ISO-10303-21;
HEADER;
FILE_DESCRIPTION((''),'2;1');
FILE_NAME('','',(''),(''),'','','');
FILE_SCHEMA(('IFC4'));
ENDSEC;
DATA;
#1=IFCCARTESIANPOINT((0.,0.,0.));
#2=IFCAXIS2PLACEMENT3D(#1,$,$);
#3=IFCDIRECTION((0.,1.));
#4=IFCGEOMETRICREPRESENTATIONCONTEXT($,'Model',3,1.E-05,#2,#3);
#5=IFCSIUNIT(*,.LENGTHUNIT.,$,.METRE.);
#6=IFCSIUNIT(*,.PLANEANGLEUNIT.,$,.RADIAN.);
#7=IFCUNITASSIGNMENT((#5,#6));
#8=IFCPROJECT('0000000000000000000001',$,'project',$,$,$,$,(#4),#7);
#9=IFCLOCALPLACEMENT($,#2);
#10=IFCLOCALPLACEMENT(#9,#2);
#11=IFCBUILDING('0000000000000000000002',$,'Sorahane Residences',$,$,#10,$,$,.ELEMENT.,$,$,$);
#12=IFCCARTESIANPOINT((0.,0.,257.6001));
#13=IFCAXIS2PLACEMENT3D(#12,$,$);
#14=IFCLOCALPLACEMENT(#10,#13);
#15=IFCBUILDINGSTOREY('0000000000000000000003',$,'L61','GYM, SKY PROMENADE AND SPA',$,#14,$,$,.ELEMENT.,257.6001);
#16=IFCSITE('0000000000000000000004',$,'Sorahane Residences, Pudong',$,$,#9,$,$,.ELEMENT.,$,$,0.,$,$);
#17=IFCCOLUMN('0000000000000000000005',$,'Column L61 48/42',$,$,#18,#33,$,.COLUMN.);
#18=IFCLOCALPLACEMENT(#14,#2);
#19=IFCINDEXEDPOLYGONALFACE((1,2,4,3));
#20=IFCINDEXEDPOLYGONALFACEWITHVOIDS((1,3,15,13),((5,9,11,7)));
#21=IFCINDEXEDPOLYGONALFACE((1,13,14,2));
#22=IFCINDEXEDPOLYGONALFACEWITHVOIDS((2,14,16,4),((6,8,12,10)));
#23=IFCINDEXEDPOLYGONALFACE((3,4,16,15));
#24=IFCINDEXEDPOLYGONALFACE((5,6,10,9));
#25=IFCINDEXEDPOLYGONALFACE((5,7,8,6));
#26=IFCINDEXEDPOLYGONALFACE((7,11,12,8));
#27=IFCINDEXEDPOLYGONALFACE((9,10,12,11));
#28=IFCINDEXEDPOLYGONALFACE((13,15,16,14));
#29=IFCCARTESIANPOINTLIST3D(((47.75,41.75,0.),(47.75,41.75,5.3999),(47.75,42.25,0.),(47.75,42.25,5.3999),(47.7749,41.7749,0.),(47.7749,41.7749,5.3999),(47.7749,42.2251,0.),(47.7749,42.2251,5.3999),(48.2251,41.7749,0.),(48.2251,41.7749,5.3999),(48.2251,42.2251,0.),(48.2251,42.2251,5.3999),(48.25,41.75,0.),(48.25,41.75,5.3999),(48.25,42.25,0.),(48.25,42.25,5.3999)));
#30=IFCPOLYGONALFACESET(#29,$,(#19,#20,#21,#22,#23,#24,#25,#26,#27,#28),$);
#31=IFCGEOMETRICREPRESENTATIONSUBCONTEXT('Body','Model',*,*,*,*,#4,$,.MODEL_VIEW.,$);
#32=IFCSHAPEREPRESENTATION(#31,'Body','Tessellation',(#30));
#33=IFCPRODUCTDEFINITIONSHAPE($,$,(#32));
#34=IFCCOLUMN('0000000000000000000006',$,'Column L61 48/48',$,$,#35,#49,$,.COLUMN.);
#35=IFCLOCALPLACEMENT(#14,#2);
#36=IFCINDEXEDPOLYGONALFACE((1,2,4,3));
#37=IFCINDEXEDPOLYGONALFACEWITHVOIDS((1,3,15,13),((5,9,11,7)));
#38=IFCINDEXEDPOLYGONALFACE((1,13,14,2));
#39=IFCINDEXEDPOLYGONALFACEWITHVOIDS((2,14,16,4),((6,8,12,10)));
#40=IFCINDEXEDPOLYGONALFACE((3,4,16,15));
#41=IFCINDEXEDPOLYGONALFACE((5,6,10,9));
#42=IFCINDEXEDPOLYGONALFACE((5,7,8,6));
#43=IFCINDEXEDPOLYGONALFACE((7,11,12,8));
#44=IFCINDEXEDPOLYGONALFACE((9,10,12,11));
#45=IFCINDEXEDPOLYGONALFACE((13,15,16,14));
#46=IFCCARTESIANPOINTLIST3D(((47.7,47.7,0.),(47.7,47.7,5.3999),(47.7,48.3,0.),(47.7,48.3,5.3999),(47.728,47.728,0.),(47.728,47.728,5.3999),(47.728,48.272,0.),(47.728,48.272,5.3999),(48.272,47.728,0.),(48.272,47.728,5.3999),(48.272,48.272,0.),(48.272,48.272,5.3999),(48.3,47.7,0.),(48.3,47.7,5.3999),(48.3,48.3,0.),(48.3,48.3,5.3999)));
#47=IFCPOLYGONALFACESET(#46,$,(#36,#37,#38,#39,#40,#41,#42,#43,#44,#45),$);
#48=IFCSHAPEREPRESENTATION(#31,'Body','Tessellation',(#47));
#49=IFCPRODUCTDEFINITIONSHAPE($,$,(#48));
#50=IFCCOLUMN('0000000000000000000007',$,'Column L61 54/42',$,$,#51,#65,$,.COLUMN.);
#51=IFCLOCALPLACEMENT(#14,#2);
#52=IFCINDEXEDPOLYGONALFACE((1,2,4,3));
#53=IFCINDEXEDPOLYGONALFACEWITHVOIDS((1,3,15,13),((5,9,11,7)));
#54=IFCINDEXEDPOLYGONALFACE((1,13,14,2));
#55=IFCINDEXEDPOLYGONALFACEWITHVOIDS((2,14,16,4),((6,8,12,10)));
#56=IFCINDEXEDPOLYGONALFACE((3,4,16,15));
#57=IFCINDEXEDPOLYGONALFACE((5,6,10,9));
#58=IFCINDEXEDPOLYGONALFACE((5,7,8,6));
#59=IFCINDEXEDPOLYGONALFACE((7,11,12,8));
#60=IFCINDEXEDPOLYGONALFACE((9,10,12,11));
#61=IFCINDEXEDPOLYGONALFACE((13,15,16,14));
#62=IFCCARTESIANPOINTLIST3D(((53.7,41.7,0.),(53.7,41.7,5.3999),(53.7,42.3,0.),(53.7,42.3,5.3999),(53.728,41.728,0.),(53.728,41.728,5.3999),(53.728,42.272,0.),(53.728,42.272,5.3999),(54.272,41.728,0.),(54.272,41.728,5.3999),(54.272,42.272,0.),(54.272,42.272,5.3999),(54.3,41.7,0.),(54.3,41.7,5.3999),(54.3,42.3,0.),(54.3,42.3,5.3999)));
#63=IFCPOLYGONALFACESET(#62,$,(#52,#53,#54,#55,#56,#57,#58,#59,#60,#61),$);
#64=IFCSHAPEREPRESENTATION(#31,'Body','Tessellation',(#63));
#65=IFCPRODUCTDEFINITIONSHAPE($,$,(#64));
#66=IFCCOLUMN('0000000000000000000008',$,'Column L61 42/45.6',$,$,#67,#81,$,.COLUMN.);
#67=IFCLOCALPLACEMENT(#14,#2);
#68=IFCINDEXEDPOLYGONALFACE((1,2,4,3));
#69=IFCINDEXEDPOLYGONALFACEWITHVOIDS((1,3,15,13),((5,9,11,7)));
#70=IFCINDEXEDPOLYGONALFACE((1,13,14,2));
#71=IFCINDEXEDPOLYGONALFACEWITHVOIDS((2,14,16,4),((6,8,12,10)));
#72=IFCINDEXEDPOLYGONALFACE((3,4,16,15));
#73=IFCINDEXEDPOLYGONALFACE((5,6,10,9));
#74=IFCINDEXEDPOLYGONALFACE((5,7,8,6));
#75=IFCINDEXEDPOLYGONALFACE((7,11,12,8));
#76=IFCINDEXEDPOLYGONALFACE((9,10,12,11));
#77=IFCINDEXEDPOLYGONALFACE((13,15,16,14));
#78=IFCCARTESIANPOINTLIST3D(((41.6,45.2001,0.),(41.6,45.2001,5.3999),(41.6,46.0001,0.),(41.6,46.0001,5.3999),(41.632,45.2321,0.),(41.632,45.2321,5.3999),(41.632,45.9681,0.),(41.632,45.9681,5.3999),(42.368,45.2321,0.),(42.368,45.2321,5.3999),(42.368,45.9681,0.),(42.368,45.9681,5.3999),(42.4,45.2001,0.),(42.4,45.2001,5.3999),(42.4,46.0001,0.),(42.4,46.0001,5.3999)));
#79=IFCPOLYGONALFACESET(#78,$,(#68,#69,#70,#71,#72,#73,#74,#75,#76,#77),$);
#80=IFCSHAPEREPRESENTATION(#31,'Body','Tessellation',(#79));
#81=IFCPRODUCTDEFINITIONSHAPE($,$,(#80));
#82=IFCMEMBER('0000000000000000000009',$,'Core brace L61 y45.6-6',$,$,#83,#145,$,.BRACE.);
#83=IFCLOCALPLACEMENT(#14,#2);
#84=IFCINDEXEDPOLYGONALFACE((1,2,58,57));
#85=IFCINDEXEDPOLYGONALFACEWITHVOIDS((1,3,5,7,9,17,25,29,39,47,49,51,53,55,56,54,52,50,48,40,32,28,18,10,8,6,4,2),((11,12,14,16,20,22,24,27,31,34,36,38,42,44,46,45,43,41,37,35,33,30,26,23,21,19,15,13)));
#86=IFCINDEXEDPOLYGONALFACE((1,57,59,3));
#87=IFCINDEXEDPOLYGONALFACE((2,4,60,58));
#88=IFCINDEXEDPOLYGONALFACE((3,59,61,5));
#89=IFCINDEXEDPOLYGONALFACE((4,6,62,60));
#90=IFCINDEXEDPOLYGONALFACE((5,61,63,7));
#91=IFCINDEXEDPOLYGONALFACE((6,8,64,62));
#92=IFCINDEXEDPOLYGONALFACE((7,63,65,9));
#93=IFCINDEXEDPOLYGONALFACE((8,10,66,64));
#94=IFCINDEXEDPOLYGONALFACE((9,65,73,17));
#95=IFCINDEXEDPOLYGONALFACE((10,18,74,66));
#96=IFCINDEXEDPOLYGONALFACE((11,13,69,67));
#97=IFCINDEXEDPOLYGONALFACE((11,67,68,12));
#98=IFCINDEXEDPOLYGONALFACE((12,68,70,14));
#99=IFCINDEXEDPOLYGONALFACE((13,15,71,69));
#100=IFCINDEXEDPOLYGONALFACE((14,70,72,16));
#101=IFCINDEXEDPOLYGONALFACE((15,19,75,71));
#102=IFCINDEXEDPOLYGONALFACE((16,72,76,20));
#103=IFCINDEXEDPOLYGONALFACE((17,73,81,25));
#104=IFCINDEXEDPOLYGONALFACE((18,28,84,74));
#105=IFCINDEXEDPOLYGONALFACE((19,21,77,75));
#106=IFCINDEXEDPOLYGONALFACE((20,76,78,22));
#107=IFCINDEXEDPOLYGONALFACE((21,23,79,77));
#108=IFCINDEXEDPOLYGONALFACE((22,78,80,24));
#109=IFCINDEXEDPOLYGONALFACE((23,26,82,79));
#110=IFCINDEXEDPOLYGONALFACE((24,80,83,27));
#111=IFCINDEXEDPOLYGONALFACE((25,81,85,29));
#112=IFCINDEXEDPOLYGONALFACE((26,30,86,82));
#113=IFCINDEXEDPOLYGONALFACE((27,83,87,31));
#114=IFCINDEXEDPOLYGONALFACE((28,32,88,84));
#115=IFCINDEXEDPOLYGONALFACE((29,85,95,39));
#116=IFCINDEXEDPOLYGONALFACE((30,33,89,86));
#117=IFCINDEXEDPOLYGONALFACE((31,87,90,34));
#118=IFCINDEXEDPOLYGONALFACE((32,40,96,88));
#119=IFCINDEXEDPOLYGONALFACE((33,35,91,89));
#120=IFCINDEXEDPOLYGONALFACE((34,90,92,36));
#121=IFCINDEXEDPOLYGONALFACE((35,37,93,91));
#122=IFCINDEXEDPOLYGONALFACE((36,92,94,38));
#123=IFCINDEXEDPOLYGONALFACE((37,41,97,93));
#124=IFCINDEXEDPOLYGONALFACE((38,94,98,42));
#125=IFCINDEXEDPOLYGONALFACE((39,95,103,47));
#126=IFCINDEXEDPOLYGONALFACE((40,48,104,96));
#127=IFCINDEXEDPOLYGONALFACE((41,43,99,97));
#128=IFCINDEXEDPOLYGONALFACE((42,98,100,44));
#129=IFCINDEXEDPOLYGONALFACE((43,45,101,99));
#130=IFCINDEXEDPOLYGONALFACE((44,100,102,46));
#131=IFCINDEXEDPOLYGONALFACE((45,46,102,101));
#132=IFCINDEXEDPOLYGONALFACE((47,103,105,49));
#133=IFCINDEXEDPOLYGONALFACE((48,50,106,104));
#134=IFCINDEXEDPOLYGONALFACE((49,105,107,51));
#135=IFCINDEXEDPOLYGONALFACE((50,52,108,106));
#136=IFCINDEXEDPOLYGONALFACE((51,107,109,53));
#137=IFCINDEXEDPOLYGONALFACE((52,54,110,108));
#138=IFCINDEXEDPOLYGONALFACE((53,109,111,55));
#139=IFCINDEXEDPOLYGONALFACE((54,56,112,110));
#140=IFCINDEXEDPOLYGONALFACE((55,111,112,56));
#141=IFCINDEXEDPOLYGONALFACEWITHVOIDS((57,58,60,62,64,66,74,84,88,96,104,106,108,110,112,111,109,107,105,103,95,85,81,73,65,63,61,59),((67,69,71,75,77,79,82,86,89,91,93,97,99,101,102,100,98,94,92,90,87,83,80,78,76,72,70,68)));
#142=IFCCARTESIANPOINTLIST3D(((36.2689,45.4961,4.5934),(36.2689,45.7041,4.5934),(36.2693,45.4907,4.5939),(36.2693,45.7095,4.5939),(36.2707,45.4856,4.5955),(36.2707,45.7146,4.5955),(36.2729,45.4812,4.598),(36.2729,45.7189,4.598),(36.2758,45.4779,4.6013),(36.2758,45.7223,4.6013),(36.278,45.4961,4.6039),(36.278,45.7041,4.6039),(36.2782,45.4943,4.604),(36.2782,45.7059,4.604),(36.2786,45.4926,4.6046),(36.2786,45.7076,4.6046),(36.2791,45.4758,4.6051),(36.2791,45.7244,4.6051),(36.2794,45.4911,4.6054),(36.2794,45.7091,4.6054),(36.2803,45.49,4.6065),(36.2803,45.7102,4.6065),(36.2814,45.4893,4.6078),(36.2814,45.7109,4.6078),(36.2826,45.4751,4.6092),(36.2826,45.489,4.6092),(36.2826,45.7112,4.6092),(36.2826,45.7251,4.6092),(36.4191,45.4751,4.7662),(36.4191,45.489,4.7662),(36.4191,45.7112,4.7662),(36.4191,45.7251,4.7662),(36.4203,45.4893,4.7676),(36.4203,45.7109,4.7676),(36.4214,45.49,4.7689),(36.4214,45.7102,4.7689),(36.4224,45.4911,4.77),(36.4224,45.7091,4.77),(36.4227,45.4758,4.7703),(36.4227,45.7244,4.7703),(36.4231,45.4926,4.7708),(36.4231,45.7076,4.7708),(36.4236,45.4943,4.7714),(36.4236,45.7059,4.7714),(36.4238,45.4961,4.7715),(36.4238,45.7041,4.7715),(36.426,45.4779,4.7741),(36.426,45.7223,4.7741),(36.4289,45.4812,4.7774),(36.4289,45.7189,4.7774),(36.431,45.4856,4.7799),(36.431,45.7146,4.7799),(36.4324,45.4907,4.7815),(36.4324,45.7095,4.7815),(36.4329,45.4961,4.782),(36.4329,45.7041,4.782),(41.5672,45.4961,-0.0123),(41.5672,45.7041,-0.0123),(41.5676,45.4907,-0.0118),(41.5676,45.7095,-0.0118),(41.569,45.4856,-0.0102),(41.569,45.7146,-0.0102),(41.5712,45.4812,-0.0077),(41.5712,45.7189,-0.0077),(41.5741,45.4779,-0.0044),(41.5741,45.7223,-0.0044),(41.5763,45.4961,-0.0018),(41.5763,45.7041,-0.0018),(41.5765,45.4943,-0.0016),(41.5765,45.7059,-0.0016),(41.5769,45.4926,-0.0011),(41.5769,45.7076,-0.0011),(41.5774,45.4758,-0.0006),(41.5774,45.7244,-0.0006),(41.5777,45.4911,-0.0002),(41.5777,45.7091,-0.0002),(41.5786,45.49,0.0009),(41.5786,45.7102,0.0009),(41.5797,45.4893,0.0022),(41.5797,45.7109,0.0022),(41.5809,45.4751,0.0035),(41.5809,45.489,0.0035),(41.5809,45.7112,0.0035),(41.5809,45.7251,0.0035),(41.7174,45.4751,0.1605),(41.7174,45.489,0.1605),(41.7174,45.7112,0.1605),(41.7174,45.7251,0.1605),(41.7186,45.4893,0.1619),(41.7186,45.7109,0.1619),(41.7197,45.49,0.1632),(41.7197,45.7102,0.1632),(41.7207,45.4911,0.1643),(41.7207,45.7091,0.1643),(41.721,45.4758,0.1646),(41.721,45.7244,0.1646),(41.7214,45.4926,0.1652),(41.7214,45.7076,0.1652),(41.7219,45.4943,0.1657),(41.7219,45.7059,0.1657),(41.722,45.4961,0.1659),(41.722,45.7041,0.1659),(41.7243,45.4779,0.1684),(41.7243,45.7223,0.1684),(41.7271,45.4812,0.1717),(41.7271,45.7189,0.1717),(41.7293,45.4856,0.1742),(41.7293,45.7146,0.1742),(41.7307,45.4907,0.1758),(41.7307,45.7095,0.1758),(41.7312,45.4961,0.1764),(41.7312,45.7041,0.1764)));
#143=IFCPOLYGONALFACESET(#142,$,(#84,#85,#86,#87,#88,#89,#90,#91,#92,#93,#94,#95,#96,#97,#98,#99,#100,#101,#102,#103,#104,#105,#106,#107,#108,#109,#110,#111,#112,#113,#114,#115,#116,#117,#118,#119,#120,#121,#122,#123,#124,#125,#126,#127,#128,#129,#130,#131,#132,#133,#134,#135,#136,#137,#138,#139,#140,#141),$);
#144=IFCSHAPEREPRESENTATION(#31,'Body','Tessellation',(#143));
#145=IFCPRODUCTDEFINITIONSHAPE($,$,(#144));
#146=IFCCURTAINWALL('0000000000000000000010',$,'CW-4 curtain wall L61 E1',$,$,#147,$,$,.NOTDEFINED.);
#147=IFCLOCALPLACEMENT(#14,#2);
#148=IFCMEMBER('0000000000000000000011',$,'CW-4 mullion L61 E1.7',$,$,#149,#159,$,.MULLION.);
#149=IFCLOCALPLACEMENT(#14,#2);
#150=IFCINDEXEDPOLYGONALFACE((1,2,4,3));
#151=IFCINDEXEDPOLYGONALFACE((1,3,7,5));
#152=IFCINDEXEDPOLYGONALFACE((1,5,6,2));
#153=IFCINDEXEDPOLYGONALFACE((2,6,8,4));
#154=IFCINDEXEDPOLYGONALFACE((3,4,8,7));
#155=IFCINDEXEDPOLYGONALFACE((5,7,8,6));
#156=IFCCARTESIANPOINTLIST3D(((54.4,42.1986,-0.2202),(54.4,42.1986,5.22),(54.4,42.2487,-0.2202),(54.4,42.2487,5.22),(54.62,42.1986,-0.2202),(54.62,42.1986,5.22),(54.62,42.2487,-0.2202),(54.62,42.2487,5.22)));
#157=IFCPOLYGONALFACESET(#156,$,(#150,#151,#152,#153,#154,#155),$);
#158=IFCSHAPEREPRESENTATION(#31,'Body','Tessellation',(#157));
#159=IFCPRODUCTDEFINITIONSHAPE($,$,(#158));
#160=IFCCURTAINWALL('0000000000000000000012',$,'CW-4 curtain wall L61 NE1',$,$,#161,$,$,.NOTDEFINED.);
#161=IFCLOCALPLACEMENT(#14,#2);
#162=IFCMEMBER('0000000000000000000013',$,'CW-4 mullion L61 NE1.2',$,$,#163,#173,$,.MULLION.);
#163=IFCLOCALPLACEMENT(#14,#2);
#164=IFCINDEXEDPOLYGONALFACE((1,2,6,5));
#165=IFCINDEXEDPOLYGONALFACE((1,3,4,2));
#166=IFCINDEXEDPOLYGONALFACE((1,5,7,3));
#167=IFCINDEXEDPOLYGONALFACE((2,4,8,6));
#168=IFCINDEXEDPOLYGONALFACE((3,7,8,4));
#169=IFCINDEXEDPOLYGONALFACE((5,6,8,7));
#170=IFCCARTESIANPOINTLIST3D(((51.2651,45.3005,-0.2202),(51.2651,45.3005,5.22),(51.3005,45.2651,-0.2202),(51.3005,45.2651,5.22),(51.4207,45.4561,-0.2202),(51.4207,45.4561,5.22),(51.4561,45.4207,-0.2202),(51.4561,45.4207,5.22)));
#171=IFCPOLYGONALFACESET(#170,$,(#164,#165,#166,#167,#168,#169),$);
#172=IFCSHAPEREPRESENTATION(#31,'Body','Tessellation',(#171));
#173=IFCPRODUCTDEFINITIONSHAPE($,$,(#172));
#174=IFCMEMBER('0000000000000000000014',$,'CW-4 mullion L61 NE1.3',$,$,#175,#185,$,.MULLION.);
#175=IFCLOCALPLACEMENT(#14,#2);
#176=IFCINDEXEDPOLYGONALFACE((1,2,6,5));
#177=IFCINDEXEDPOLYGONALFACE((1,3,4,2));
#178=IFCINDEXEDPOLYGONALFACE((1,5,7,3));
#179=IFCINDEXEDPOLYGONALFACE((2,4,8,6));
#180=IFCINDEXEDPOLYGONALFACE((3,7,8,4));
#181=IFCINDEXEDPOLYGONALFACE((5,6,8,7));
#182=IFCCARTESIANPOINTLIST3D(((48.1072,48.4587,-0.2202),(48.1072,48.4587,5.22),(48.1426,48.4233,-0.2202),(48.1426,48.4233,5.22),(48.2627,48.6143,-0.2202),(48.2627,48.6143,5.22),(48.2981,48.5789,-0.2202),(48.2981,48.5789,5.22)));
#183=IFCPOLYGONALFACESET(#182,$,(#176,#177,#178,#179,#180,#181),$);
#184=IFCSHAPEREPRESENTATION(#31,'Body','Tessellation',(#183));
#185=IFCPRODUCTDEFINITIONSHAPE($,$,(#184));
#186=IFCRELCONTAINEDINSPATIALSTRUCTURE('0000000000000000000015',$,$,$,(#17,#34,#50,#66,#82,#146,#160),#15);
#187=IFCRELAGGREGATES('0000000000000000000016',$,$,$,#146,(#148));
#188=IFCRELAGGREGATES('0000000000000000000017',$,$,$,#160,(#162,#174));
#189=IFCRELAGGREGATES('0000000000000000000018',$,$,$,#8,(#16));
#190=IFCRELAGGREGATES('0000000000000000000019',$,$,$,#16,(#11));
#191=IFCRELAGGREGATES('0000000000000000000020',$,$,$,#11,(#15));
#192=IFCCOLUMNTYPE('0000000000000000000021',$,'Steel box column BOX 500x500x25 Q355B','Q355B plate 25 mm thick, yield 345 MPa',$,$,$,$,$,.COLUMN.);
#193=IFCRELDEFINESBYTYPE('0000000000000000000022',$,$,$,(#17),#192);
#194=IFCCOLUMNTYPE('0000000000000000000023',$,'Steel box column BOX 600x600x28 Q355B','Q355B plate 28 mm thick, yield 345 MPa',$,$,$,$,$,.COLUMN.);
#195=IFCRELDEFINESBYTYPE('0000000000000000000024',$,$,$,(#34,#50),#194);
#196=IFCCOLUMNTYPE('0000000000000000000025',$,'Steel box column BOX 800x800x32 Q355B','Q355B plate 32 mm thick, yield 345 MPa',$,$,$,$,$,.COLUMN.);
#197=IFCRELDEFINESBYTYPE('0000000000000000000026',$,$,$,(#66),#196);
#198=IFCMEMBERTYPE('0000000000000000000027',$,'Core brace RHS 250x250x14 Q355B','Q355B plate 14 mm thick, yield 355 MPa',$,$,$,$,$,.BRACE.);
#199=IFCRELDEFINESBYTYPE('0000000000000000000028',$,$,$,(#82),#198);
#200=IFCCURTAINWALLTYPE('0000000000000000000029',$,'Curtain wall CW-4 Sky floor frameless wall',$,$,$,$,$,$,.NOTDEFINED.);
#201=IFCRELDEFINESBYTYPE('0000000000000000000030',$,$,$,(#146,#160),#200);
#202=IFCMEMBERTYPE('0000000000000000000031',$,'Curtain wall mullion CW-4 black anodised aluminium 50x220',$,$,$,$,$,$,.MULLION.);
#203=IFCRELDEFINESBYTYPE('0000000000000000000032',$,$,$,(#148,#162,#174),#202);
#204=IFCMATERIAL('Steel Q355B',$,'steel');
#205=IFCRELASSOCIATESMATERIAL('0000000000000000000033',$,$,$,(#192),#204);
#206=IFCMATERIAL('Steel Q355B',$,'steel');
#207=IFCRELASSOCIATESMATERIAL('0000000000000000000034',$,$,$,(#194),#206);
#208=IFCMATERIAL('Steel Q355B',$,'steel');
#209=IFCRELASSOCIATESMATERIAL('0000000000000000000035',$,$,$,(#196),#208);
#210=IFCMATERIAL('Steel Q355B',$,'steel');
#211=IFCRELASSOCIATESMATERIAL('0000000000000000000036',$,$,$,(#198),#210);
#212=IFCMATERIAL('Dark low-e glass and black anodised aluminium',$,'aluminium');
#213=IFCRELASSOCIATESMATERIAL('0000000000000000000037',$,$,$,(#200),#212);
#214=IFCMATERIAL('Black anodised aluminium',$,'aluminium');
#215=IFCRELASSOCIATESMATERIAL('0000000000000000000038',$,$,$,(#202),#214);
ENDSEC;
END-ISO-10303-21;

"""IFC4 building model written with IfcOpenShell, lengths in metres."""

from ifc_helpers import new_model, si_unit, direction, frame, origin, origin_2d, place, context, subcontext, project, spatial, rectangle, hollow_rectangle, extrude, material, material_profile, profile_set, type_object, element, aggregate, save


model = new_model("IFC4")

# Units and contexts
model_context = context("Model", 3, precision=1e-05, world=origin(), true_north=direction((0.0, 1.0)))
body_context = subcontext(model_context, "Body", "Model", "MODEL_VIEW")
ifc_project = project(units=[si_unit("LENGTHUNIT", "METRE"), si_unit("PLANEANGLEUNIT", "RADIAN")], contexts=[model_context])

# Site, building, storey
site_placement = place(None, origin())
site = spatial("IfcSite", under=ifc_project, at=site_placement, Name="Sorahane Residences, Pudong", CompositionType="ELEMENT", RefElevation=0.0)
building_placement = place(site_placement, origin())
building = spatial("IfcBuilding", under=site, at=building_placement, Name="Sorahane Residences", CompositionType="ELEMENT")
storey_placement = place(building_placement, frame((0.0, 0.0, 257.6001)))
storey = spatial("IfcBuildingStorey", under=building, at=storey_placement, Name="L61", Description="GYM, SKY PROMENADE AND SPA", CompositionType="ELEMENT", Elevation=257.6001)

# Columns
ifc_material_1 = material(Name="Steel Q355B", Category="steel")
ifc_material_profile_1 = material_profile(ifc_material_1, hollow_rectangle(XDim=0.5, YDim=0.5, WallThickness=0.0249, at=origin_2d()), Name="BOX 500x500x25")
ifc_profile_set_1 = profile_set([ifc_material_profile_1], Name="Steel Q355B")
column_type_1 = type_object("IfcColumnType", Name="Steel box column BOX 500x500x25 Q355B", Description="Q355B plate 25 mm thick, yield 345 MPa", PredefinedType="COLUMN", material=ifc_profile_set_1)
column_1_placement = place(storey_placement, frame((48.0, 42.0, 0.0), z_axis=(0.0, 0.0, 1.0), x_axis=(1.0, 0.0, 0.0)))
element("IfcColumn", 1, at=column_1_placement, inside=storey, type_object=column_type_1, Name="Column L61 48/42", PredefinedType="COLUMN", context=body_context, shape_type="SweptSolid", body=[
    extrude(hollow_rectangle(XDim=0.5, YDim=0.5, WallThickness=0.0249, at=origin_2d()), origin(), (0.0, 0.0, 1.0), 5.3999),
])
ifc_material_2 = material(Name="Steel Q355B", Category="steel")
ifc_material_profile_2 = material_profile(ifc_material_2, hollow_rectangle(XDim=0.6001, YDim=0.6001, WallThickness=0.0281, at=origin_2d()), Name="BOX 600x600x28")
ifc_profile_set_2 = profile_set([ifc_material_profile_2], Name="Steel Q355B")
column_type_2 = type_object("IfcColumnType", Name="Steel box column BOX 600x600x28 Q355B", Description="Q355B plate 28 mm thick, yield 345 MPa", PredefinedType="COLUMN", material=ifc_profile_set_2)
for number, where, z_axis, x_axis, name in (
    (2, (48.0, 48.0, 0.0), (0.0, 0.0, 1.0), (1.0, 0.0, 0.0), "Column L61 48/48"),
    (3, (54.0, 42.0, 0.0), (0.0, 0.0, 1.0), (1.0, 0.0, 0.0), "Column L61 54/42"),
):
    element("IfcColumn", number, at=place(storey_placement, frame(where, z_axis=z_axis, x_axis=x_axis)), inside=storey, type_object=column_type_2, Name=name, PredefinedType="COLUMN", context=body_context, shape_type="SweptSolid", body=[
        extrude(hollow_rectangle(XDim=0.6001, YDim=0.6001, WallThickness=0.0281, at=origin_2d()), origin(), (0.0, 0.0, 1.0), 5.3999),
    ])
ifc_material_3 = material(Name="Steel Q355B", Category="steel")
ifc_material_profile_3 = material_profile(ifc_material_3, hollow_rectangle(XDim=0.8, YDim=0.8, WallThickness=0.032, at=origin_2d()), Name="BOX 800x800x32")
ifc_profile_set_3 = profile_set([ifc_material_profile_3], Name="Steel Q355B")
column_type_3 = type_object("IfcColumnType", Name="Steel box column BOX 800x800x32 Q355B", Description="Q355B plate 32 mm thick, yield 345 MPa", PredefinedType="COLUMN", material=ifc_profile_set_3)
column_2_placement = place(storey_placement, frame((42.0, 45.6001, 0.0), z_axis=(0.0, 0.0, 1.0), x_axis=(1.0, 0.0, 0.0)))
element("IfcColumn", 4, at=column_2_placement, inside=storey, type_object=column_type_3, Name="Column L61 42/45.6", PredefinedType="COLUMN", context=body_context, shape_type="SweptSolid", body=[
    extrude(hollow_rectangle(XDim=0.8, YDim=0.8, WallThickness=0.032, at=origin_2d()), origin(), (0.0, 0.0, 1.0), 5.3999),
])

# Member
ifc_material_4 = material(Name="Steel Q355B", Category="steel")
ifc_material_profile_4 = material_profile(ifc_material_4, hollow_rectangle(XDim=0.25, YDim=0.25, WallThickness=0.0139, InnerFilletRadius=0.0071, OuterFilletRadius=0.021, at=origin_2d()), Name="RHS 250x250x14")
ifc_profile_set_4 = profile_set([ifc_material_profile_4], Name="Steel Q355B")
member_type_1 = type_object("IfcMemberType", Name="Core brace RHS 250x250x14 Q355B", Description="Q355B plate 14 mm thick, yield 355 MPa", PredefinedType="BRACE", material=ifc_profile_set_4)
member_1_placement = place(storey_placement, frame((41.6492, 45.6001, 0.082), z_axis=(-0.754714, 0.0, 0.656054), x_axis=(0.0, -1.0, 0.0)))
element("IfcMember", 5, at=member_1_placement, inside=storey, type_object=member_type_1, Name="Core brace L61 y45.6-6", PredefinedType="BRACE", context=body_context, shape_type="SweptSolid", body=[
    extrude(hollow_rectangle(XDim=0.25, YDim=0.25, WallThickness=0.0139, InnerFilletRadius=0.0071, OuterFilletRadius=0.021, at=origin_2d()), origin(), (0.0, 0.0, 1.0), 7.0203),
])

# Curtain wall, member
ifc_material_5 = material(Name="Dark low-e glass and black anodised aluminium", Category="aluminium")
curtain_wall_type = type_object("IfcCurtainWallType", Name="Curtain wall CW-4 Sky floor frameless wall", PredefinedType="NOTDEFINED", material=ifc_material_5)
curtain_wall_1_placement = place(storey_placement, origin())
curtain_wall_1 = element("IfcCurtainWall", 6, at=curtain_wall_1_placement, inside=storey, type_object=curtain_wall_type, Name="CW-4 curtain wall L61 E1", PredefinedType="NOTDEFINED")
ifc_material_6 = material(Name="Black anodised aluminium", Category="aluminium")
ifc_material_profile_5 = material_profile(ifc_material_6, rectangle(XDim=0.22, YDim=0.05, at=origin_2d()), Name="Curtain wall mullion CW-4 black anodised aluminium 50x220")
ifc_profile_set_5 = profile_set([ifc_material_profile_5], Name="Black anodised aluminium")
member_type_2 = type_object("IfcMemberType", Name="Curtain wall mullion CW-4 black anodised aluminium 50x220", PredefinedType="MULLION", material=ifc_profile_set_5)
member_2_placement = place(storey_placement, frame((54.51, 42.2236, -0.2202), z_axis=(0.0, 0.0, 1.0), x_axis=(1.0, 0.0, 0.0)))
member_2 = element("IfcMember", 7, at=member_2_placement, type_object=member_type_2, Name="CW-4 mullion L61 E1.7", PredefinedType="MULLION", context=body_context, shape_type="SweptSolid", body=[
    extrude(rectangle(XDim=0.22, YDim=0.05, at=origin_2d()), origin(), (0.0, 0.0, 1.0), 5.4402),
])
aggregate(curtain_wall_1, [member_2])

# Curtain wall, members
curtain_wall_2_placement = place(storey_placement, origin())
curtain_wall_2 = element("IfcCurtainWall", 8, at=curtain_wall_2_placement, inside=storey, type_object=curtain_wall_type, Name="CW-4 curtain wall L61 NE1", PredefinedType="NOTDEFINED")
member_3_placement = place(storey_placement, frame((51.3606, 45.3606, -0.2202), z_axis=(0.0, 0.0, 1.0), x_axis=(0.707107, 0.707107, 0.0)))
member_3 = element("IfcMember", 9, at=member_3_placement, type_object=member_type_2, Name="CW-4 mullion L61 NE1.2", PredefinedType="MULLION", context=body_context, shape_type="SweptSolid", body=[
    extrude(rectangle(XDim=0.22, YDim=0.05, at=origin_2d()), origin(), (0.0, 0.0, 1.0), 5.4402),
])
member_4_placement = place(storey_placement, frame((48.2026, 48.5188, -0.2202), z_axis=(0.0, 0.0, 1.0), x_axis=(0.707107, 0.707107, 0.0)))
member_4 = element("IfcMember", 10, at=member_4_placement, type_object=member_type_2, Name="CW-4 mullion L61 NE1.3", PredefinedType="MULLION", context=body_context, shape_type="SweptSolid", body=[
    extrude(rectangle(XDim=0.22, YDim=0.05, at=origin_2d()), origin(), (0.0, 0.0, 1.0), 5.4402),
])

aggregate(curtain_wall_2, [member_3, member_4])

save(model, "model.ifc")
